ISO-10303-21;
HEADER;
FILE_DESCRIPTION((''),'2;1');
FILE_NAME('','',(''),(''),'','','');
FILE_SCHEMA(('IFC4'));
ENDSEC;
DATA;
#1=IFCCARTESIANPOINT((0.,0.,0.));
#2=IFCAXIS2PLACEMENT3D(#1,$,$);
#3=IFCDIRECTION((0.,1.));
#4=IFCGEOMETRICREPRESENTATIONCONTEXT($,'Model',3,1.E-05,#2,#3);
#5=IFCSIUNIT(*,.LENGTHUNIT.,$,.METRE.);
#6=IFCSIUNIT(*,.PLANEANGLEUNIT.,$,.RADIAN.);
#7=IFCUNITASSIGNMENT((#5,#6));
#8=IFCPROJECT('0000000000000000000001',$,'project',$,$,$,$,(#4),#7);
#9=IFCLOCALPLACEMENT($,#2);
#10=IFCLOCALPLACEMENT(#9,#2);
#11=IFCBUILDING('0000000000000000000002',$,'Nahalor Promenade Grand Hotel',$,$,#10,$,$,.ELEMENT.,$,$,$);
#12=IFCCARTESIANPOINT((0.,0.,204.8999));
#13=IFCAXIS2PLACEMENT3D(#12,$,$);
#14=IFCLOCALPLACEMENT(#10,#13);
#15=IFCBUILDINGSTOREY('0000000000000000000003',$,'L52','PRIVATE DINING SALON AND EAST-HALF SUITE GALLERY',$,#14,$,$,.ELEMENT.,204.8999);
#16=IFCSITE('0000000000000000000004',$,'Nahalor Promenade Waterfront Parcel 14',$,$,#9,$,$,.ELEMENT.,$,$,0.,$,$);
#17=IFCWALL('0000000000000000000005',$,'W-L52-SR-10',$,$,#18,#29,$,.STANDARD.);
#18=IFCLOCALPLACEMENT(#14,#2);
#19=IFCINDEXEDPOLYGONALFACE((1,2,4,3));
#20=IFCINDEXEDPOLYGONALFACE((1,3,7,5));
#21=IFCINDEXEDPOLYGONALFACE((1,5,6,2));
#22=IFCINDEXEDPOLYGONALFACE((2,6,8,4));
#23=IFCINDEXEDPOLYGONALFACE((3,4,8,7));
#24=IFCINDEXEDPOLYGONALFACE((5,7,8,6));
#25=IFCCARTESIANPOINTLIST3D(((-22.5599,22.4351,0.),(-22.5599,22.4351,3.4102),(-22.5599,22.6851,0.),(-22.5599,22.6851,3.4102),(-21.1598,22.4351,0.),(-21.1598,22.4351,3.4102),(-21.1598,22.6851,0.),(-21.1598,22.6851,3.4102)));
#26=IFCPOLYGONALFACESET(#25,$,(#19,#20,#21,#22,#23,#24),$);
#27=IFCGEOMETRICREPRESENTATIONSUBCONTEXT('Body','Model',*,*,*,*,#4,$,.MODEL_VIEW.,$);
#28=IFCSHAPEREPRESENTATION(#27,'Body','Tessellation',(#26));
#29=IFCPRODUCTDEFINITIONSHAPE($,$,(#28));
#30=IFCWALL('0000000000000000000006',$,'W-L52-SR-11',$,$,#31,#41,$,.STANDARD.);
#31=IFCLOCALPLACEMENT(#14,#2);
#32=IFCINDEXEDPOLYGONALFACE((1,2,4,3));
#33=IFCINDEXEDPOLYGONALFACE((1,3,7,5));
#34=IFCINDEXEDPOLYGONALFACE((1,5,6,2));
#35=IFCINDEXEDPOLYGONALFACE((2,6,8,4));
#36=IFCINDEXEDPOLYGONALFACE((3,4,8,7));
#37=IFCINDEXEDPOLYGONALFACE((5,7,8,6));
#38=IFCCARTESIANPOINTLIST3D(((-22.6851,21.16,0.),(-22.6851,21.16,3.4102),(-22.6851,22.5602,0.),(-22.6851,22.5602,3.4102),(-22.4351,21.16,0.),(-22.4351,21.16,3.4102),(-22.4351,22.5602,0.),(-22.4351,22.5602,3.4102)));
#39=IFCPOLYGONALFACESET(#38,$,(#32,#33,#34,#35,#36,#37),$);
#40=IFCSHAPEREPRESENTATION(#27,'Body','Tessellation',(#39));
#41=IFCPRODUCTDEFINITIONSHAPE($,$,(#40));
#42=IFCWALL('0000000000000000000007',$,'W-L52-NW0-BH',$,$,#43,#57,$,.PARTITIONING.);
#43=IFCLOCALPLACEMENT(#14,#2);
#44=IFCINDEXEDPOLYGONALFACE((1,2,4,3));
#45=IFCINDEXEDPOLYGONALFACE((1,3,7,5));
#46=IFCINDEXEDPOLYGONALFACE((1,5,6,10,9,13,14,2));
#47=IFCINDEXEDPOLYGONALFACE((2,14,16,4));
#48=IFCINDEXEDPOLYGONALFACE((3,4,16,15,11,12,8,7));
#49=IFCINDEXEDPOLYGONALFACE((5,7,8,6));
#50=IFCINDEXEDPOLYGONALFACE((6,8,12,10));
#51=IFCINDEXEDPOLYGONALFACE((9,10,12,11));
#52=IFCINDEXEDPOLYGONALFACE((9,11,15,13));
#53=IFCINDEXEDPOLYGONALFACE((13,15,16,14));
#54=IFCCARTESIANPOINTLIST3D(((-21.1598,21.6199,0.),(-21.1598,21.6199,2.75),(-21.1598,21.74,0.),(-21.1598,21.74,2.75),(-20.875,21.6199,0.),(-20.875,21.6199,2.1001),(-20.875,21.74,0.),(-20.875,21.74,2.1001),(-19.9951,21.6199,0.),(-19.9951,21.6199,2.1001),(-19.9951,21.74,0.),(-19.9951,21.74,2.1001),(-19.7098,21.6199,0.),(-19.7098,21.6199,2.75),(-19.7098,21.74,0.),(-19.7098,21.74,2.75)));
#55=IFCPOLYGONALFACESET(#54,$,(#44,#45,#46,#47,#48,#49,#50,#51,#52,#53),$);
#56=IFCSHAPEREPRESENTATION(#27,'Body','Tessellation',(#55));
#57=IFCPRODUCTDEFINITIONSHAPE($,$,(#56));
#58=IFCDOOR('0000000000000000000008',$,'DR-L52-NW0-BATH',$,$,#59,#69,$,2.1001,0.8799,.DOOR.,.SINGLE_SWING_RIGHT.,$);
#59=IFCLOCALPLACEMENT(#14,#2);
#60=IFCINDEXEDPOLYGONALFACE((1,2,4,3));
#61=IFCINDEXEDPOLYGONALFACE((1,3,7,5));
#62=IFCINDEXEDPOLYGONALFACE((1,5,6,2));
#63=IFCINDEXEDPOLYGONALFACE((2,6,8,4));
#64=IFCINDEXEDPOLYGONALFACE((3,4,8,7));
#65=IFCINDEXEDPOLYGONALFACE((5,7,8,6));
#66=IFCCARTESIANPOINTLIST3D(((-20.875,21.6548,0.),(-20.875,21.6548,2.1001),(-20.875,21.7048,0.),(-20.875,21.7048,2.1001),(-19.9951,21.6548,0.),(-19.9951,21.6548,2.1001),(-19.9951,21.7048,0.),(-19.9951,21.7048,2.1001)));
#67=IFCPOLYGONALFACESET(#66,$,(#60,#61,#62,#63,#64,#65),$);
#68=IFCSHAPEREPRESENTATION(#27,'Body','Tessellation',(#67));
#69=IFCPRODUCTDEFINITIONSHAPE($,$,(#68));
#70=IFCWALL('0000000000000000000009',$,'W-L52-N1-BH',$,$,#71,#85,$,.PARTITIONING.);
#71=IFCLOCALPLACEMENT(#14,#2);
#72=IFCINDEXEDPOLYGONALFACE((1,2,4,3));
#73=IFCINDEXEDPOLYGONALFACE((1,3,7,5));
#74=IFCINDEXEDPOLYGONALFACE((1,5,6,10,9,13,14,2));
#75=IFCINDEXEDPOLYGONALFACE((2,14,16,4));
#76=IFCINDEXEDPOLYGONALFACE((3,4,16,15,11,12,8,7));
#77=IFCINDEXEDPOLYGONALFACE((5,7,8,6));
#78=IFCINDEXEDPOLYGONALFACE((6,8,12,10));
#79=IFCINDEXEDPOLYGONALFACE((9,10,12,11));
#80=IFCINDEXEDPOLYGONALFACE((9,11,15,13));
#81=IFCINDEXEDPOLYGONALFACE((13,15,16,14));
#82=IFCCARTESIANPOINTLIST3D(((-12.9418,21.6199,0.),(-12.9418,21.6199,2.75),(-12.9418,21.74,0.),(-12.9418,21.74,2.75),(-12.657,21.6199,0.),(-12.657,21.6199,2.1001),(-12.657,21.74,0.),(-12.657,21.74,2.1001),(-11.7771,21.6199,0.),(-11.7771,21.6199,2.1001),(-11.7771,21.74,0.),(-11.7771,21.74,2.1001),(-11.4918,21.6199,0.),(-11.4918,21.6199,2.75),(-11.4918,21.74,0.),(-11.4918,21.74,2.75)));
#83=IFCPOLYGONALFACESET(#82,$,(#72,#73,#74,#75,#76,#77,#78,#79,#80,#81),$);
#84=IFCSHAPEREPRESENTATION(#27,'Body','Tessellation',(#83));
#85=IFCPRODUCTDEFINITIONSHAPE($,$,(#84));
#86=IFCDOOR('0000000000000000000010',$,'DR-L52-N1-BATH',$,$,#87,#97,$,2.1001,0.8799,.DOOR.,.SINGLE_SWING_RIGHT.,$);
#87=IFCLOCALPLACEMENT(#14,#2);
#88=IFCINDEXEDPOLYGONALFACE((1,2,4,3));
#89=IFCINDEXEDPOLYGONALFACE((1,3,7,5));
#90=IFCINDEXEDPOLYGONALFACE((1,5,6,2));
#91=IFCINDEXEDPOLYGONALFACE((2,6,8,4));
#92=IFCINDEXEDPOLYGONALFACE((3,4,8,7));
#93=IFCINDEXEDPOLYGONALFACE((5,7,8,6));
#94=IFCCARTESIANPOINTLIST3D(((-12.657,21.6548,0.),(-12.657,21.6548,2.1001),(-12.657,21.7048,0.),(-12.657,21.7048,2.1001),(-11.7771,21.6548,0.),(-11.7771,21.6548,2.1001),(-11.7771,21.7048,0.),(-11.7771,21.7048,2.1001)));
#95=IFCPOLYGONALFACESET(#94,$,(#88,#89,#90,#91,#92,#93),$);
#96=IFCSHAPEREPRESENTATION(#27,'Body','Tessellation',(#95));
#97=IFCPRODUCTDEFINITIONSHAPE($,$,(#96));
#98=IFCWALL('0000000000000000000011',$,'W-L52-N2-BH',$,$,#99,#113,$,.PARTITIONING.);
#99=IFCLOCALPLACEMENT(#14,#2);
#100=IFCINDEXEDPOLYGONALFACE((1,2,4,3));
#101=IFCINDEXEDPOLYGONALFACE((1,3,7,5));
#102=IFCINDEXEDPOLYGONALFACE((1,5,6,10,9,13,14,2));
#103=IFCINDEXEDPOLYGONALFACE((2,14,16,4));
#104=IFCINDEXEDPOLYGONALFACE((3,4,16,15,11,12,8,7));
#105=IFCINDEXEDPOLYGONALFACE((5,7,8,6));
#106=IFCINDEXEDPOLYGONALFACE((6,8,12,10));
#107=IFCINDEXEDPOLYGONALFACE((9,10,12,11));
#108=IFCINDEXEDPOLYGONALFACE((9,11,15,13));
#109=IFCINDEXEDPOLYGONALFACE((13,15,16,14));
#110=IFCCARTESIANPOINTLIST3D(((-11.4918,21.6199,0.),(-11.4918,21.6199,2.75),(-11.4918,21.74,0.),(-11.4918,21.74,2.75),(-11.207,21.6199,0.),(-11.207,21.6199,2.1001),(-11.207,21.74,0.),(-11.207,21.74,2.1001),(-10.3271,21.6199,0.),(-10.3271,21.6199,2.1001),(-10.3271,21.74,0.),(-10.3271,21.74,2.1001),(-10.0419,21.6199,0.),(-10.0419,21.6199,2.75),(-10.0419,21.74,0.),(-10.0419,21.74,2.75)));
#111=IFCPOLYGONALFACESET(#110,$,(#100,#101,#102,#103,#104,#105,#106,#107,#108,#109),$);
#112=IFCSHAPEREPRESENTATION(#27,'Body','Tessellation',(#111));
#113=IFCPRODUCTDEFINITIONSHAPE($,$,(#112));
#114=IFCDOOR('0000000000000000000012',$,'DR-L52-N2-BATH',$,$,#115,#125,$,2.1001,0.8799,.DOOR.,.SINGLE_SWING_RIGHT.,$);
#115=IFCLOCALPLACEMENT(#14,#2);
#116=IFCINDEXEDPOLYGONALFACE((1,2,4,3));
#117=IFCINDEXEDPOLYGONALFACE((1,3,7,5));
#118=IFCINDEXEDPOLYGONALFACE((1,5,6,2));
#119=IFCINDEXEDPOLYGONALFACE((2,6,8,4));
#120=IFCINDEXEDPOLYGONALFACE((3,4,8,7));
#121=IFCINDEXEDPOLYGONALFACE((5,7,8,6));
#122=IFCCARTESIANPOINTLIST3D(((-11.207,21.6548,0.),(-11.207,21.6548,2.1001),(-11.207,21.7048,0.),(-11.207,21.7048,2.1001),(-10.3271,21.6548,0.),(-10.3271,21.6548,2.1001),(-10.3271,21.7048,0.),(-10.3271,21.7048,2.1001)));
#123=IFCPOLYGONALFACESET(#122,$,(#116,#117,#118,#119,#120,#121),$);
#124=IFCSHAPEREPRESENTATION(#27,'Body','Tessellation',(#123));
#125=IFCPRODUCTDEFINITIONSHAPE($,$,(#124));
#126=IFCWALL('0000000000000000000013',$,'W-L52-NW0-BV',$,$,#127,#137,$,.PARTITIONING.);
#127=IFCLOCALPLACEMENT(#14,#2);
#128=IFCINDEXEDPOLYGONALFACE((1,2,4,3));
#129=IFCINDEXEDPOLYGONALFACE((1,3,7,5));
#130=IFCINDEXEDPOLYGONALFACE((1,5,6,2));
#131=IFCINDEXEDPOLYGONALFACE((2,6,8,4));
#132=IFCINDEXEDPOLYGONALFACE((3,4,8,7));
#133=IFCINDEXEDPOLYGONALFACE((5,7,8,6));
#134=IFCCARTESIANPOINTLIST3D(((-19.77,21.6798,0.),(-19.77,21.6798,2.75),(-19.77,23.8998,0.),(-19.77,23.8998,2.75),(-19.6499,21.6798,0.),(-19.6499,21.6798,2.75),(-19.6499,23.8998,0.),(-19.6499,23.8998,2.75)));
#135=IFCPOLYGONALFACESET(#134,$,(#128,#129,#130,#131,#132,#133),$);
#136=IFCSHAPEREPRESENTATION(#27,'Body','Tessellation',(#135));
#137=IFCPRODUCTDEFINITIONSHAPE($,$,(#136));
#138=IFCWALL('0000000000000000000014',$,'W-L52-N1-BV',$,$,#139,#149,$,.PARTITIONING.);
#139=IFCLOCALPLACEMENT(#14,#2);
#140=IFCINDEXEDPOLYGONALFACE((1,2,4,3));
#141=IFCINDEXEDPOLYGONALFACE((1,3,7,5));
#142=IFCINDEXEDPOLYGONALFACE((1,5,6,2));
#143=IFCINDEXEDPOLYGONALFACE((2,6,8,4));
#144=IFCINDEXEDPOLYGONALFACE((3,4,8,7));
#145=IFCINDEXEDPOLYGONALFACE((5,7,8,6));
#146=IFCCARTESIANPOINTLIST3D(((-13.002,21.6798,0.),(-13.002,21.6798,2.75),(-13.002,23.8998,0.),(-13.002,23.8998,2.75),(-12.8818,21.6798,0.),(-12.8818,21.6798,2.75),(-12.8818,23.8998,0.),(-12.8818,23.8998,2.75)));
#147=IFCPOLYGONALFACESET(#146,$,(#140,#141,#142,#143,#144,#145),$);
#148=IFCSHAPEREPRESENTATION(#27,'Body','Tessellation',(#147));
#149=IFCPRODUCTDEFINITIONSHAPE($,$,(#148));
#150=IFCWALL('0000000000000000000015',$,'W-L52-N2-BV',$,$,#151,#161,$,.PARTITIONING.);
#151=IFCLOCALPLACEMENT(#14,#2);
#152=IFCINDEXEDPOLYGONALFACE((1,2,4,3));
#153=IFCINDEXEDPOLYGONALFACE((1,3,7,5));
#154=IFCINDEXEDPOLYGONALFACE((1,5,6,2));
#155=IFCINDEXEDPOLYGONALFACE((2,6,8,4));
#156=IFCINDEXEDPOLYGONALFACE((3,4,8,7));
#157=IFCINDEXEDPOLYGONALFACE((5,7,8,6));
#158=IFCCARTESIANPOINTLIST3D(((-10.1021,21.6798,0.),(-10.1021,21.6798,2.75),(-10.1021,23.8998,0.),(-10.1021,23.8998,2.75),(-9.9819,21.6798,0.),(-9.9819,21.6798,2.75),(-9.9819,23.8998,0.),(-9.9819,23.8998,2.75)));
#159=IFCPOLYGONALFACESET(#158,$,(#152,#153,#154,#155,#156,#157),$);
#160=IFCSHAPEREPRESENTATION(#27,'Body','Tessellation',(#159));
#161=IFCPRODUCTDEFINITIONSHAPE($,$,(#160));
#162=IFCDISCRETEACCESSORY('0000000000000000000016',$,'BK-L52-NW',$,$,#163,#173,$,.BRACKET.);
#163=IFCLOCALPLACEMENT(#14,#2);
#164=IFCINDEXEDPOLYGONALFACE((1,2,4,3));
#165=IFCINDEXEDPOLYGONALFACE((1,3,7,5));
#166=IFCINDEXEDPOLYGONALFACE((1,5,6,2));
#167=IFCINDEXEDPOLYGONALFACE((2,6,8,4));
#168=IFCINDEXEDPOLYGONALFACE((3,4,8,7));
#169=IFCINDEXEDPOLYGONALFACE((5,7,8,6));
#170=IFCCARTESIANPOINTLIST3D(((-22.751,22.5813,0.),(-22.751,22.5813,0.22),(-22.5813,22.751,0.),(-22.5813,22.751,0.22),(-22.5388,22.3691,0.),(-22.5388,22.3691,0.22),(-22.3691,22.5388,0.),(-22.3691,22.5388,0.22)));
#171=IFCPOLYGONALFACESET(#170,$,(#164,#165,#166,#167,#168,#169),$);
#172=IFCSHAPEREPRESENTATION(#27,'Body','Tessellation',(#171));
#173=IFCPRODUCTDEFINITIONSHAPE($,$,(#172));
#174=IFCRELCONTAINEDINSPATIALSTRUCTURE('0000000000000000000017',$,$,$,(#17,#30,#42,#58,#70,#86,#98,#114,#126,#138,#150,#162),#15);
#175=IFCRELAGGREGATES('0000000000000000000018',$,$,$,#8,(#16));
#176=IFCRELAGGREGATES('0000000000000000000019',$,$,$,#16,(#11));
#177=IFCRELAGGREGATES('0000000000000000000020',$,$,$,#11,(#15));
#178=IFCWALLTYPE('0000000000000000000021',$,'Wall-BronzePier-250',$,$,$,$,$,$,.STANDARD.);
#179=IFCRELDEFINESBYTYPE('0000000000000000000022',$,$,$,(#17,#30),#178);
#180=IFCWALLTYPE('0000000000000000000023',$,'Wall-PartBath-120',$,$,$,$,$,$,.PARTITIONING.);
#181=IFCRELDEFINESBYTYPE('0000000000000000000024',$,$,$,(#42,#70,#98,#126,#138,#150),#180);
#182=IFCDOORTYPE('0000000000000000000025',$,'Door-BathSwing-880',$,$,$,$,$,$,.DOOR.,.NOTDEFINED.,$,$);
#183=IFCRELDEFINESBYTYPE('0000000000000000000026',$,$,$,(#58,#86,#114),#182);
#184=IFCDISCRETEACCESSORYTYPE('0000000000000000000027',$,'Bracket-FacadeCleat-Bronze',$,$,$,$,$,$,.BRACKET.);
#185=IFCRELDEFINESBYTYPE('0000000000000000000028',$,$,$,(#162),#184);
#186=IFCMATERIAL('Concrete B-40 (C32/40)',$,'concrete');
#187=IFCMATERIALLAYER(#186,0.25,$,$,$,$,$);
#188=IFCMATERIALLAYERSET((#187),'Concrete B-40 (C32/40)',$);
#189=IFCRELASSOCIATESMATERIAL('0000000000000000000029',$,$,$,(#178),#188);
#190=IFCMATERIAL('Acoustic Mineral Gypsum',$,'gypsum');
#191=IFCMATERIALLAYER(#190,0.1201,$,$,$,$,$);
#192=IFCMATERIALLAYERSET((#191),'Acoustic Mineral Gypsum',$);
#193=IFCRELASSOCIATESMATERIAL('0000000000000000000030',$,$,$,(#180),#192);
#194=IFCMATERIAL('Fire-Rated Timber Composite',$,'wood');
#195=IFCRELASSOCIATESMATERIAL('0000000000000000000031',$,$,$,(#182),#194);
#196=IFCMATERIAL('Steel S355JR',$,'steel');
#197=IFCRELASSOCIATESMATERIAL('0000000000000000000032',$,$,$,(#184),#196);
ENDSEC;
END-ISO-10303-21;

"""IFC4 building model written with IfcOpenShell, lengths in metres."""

from ifc_helpers import new_model, si_unit, direction, frame, frame_2d, origin, origin_2d, place, context, subcontext, project, spatial, rectangle, extrude, source, transform, mapped, material, layer, layer_set, type_object, element, fill, save


model = new_model("IFC4")

# Units and contexts
model_context = context("Model", 3, precision=1e-05, world=origin(), true_north=direction((0.0, 1.0)))
body_context = subcontext(model_context, "Body", "Model", "MODEL_VIEW")
ifc_project = project(units=[si_unit("LENGTHUNIT", "METRE"), si_unit("PLANEANGLEUNIT", "RADIAN")], contexts=[model_context])

# Site, building, storey
site_placement = place(None, origin())
site = spatial("IfcSite", under=ifc_project, at=site_placement, Name="Nahalor Promenade Waterfront Parcel 14", CompositionType="ELEMENT", RefElevation=0.0)
building_placement = place(site_placement, origin())
building = spatial("IfcBuilding", under=site, at=building_placement, Name="Nahalor Promenade Grand Hotel", CompositionType="ELEMENT")
storey_placement = place(building_placement, frame((0.0, 0.0, 204.8999)))
storey = spatial("IfcBuildingStorey", under=building, at=storey_placement, Name="L52", Description="PRIVATE DINING SALON AND EAST-HALF SUITE GALLERY", CompositionType="ELEMENT", Elevation=204.8999)

# Shared definitions
ifc_material_1 = material(Name="Steel S355JR", Category="steel")

# Walls
ifc_material_2 = material(Name="Concrete B-40 (C32/40)", Category="concrete")
ifc_layer_1 = layer(ifc_material_2, 0.25)
ifc_layer_set_1 = layer_set([ifc_layer_1], Name="Concrete B-40 (C32/40)")
wall_type_1 = type_object("IfcWallType", Name="Wall-BronzePier-250", PredefinedType="STANDARD", material=ifc_layer_set_1)
shared_shape_1 = source(origin(), body_context, "Body", "SweptSolid", [
    extrude(rectangle(XDim=1.4001, YDim=0.25, at=frame_2d((0.7002, 0.0))), origin(), (0.0, 0.0, 1.0), 3.4102),
])
for number, where, z_axis, x_axis, name in (
    (1, (-22.5601, 22.5601, 0.0), (0.0, 0.0, 1.0), (1.0, 0.0, 0.0), "W-L52-SR-10"),
    (2, (-22.5601, 21.1599, 0.0), (0.0, 0.0, 1.0), (0.0, 1.0, 0.0), "W-L52-SR-11"),
):
    element("IfcWall", number, at=place(storey_placement, frame(where, z_axis=z_axis, x_axis=x_axis)), inside=storey, type_object=wall_type_1, Name=name, PredefinedType="STANDARD", context=body_context, shape_type="MappedRepresentation", body=[
        mapped(shared_shape_1, transform((0.0, 0.0, 0.0), scale=1.0)),
    ])

# Walls, openings, doors
ifc_material_3 = material(Name="Acoustic Mineral Gypsum", Category="gypsum")
ifc_layer_2 = layer(ifc_material_3, 0.1201)
ifc_layer_set_2 = layer_set([ifc_layer_2], Name="Acoustic Mineral Gypsum")
wall_type_2 = type_object("IfcWallType", Name="Wall-PartBath-120", PredefinedType="PARTITIONING", material=ifc_layer_set_2)
shared_shape_2 = source(origin(), body_context, "Body", "SweptSolid", [
    extrude(rectangle(XDim=1.45, YDim=0.1201, at=frame_2d((0.7251, 0.0))), origin(), (0.0, 0.0, 1.0), 2.75),
])
wall_1_placement = place(storey_placement, frame((-21.1599, 21.6799, 0.0), z_axis=(0.0, 0.0, 1.0), x_axis=(1.0, 0.0, 0.0)))
wall_1 = element("IfcWall", 3, at=wall_1_placement, inside=storey, type_object=wall_type_2, Name="W-L52-NW0-BH", PredefinedType="PARTITIONING", context=body_context, shape_type="MappedRepresentation", body=[
    mapped(shared_shape_2, transform((0.0, 0.0, 0.0), scale=1.0)),
])
opening_1_placement = place(wall_1_placement, frame((0.2849, 0.0, 0.0)))
opening_1 = element("IfcOpeningElement", 4, at=opening_1_placement, cuts=wall_1, PredefinedType="OPENING", context=body_context, shape_type="SweptSolid", body=[
    extrude(rectangle(XDim=0.8799, YDim=2.1001, at=frame_2d((0.4399, 1.05))), frame((0.0, 0.0701, 0.0), z_axis=(0.0, -1.0, 0.0), x_axis=(1.0, 0.0, 0.0)), (0.0, 0.0, 1.0), 0.1401),
])
ifc_material_4 = material(Name="Fire-Rated Timber Composite", Category="wood")
door_type = type_object("IfcDoorType", Name="Door-BathSwing-880", OperationType="NOTDEFINED", PredefinedType="DOOR", material=ifc_material_4)
shared_shape_3 = source(origin(), body_context, "Body", "SweptSolid", [
    extrude(rectangle(XDim=0.8799, YDim=2.1001, at=frame_2d((0.4399, 1.05))), frame((0.0, 0.0249, 0.0), z_axis=(0.0, -1.0, 0.0), x_axis=(1.0, 0.0, 0.0)), (0.0, 0.0, 1.0), 0.05),
])
door_1_placement = place(opening_1_placement, origin())
door_1 = element("IfcDoor", 5, at=door_1_placement, inside=storey, type_object=door_type, Name="DR-L52-NW0-BATH", OperationType="SINGLE_SWING_RIGHT", OverallHeight=2.1001, OverallWidth=0.8799, PredefinedType="DOOR", context=body_context, shape_type="MappedRepresentation", body=[
    mapped(shared_shape_3, transform((0.0, 0.0, 0.0), scale=1.0)),
])
fill(opening_1, door_1)
wall_2_placement = place(storey_placement, frame((-12.9419, 21.6799, 0.0), z_axis=(0.0, 0.0, 1.0), x_axis=(1.0, 0.0, 0.0)))
wall_2 = element("IfcWall", 6, at=wall_2_placement, inside=storey, type_object=wall_type_2, Name="W-L52-N1-BH", PredefinedType="PARTITIONING", context=body_context, shape_type="MappedRepresentation", body=[
    mapped(shared_shape_2, transform((0.0, 0.0, 0.0), scale=1.0)),
])
opening_2_placement = place(wall_2_placement, frame((0.2849, 0.0, 0.0)))
opening_2 = element("IfcOpeningElement", 7, at=opening_2_placement, cuts=wall_2, PredefinedType="OPENING", context=body_context, shape_type="SweptSolid", body=[
    extrude(rectangle(XDim=0.8799, YDim=2.1001, at=frame_2d((0.4399, 1.05))), frame((0.0, 0.0701, 0.0), z_axis=(0.0, -1.0, 0.0), x_axis=(1.0, 0.0, 0.0)), (0.0, 0.0, 1.0), 0.1401),
])
door_2_placement = place(opening_2_placement, origin())
door_2 = element("IfcDoor", 8, at=door_2_placement, inside=storey, type_object=door_type, Name="DR-L52-N1-BATH", OperationType="SINGLE_SWING_RIGHT", OverallHeight=2.1001, OverallWidth=0.8799, PredefinedType="DOOR", context=body_context, shape_type="MappedRepresentation", body=[
    mapped(shared_shape_3, transform((0.0, 0.0, 0.0), scale=1.0)),
])
fill(opening_2, door_2)
wall_3_placement = place(storey_placement, frame((-11.4919, 21.6799, 0.0), z_axis=(0.0, 0.0, 1.0), x_axis=(1.0, 0.0, 0.0)))
wall_3 = element("IfcWall", 9, at=wall_3_placement, inside=storey, type_object=wall_type_2, Name="W-L52-N2-BH", PredefinedType="PARTITIONING", context=body_context, shape_type="MappedRepresentation", body=[
    mapped(shared_shape_2, transform((0.0, 0.0, 0.0), scale=1.0)),
])
opening_3_placement = place(wall_3_placement, frame((0.2849, 0.0, 0.0)))
opening_3 = element("IfcOpeningElement", 10, at=opening_3_placement, cuts=wall_3, PredefinedType="OPENING", context=body_context, shape_type="SweptSolid", body=[
    extrude(rectangle(XDim=0.8799, YDim=2.1001, at=frame_2d((0.4399, 1.05))), frame((0.0, 0.0701, 0.0), z_axis=(0.0, -1.0, 0.0), x_axis=(1.0, 0.0, 0.0)), (0.0, 0.0, 1.0), 0.1401),
])
door_3_placement = place(opening_3_placement, origin())
door_3 = element("IfcDoor", 11, at=door_3_placement, inside=storey, type_object=door_type, Name="DR-L52-N2-BATH", OperationType="SINGLE_SWING_RIGHT", OverallHeight=2.1001, OverallWidth=0.8799, PredefinedType="DOOR", context=body_context, shape_type="MappedRepresentation", body=[
    mapped(shared_shape_3, transform((0.0, 0.0, 0.0), scale=1.0)),
])
fill(opening_3, door_3)

# Walls
shared_shape_4 = source(origin(), body_context, "Body", "SweptSolid", [
    extrude(rectangle(XDim=2.22, YDim=0.1201, at=frame_2d((1.1099, 0.0))), origin(), (0.0, 0.0, 1.0), 2.75),
])
for number, where, z_axis, x_axis, name in (
    (12, (-19.71, 21.6799, 0.0), (0.0, 0.0, 1.0), (0.0, 1.0, 0.0), "W-L52-NW0-BV"),
    (13, (-12.9419, 21.6799, 0.0), (0.0, 0.0, 1.0), (0.0, 1.0, 0.0), "W-L52-N1-BV"),
    (14, (-10.042, 21.6799, 0.0), (0.0, 0.0, 1.0), (0.0, 1.0, 0.0), "W-L52-N2-BV"),
):
    element("IfcWall", number, at=place(storey_placement, frame(where, z_axis=z_axis, x_axis=x_axis)), inside=storey, type_object=wall_type_2, Name=name, PredefinedType="PARTITIONING", context=body_context, shape_type="MappedRepresentation", body=[
        mapped(shared_shape_4, transform((0.0, 0.0, 0.0), scale=1.0)),
    ])

# Discrete accessory
discrete_accessory_type = type_object("IfcDiscreteAccessoryType", Name="Bracket-FacadeCleat-Bronze", PredefinedType="BRACKET", material=ifc_material_1)
shared_shape_5 = source(origin(), body_context, "Body", "SweptSolid", [
    extrude(rectangle(XDim=0.3, YDim=0.24, at=origin_2d()), origin(), (0.0, 0.0, 1.0), 0.22),
])
discrete_accessory_placement = place(storey_placement, frame((-22.5601, 22.5601, 0.0), z_axis=(0.0, 0.0, 1.0), x_axis=(-0.707107, 0.707107, 0.0)))
element("IfcDiscreteAccessory", 15, at=discrete_accessory_placement, inside=storey, type_object=discrete_accessory_type, Name="BK-L52-NW", PredefinedType="BRACKET", context=body_context, shape_type="MappedRepresentation", body=[
    mapped(shared_shape_5, transform((0.0, 0.0, 0.0), scale=1.0)),
])

save(model, "model.ifc")
